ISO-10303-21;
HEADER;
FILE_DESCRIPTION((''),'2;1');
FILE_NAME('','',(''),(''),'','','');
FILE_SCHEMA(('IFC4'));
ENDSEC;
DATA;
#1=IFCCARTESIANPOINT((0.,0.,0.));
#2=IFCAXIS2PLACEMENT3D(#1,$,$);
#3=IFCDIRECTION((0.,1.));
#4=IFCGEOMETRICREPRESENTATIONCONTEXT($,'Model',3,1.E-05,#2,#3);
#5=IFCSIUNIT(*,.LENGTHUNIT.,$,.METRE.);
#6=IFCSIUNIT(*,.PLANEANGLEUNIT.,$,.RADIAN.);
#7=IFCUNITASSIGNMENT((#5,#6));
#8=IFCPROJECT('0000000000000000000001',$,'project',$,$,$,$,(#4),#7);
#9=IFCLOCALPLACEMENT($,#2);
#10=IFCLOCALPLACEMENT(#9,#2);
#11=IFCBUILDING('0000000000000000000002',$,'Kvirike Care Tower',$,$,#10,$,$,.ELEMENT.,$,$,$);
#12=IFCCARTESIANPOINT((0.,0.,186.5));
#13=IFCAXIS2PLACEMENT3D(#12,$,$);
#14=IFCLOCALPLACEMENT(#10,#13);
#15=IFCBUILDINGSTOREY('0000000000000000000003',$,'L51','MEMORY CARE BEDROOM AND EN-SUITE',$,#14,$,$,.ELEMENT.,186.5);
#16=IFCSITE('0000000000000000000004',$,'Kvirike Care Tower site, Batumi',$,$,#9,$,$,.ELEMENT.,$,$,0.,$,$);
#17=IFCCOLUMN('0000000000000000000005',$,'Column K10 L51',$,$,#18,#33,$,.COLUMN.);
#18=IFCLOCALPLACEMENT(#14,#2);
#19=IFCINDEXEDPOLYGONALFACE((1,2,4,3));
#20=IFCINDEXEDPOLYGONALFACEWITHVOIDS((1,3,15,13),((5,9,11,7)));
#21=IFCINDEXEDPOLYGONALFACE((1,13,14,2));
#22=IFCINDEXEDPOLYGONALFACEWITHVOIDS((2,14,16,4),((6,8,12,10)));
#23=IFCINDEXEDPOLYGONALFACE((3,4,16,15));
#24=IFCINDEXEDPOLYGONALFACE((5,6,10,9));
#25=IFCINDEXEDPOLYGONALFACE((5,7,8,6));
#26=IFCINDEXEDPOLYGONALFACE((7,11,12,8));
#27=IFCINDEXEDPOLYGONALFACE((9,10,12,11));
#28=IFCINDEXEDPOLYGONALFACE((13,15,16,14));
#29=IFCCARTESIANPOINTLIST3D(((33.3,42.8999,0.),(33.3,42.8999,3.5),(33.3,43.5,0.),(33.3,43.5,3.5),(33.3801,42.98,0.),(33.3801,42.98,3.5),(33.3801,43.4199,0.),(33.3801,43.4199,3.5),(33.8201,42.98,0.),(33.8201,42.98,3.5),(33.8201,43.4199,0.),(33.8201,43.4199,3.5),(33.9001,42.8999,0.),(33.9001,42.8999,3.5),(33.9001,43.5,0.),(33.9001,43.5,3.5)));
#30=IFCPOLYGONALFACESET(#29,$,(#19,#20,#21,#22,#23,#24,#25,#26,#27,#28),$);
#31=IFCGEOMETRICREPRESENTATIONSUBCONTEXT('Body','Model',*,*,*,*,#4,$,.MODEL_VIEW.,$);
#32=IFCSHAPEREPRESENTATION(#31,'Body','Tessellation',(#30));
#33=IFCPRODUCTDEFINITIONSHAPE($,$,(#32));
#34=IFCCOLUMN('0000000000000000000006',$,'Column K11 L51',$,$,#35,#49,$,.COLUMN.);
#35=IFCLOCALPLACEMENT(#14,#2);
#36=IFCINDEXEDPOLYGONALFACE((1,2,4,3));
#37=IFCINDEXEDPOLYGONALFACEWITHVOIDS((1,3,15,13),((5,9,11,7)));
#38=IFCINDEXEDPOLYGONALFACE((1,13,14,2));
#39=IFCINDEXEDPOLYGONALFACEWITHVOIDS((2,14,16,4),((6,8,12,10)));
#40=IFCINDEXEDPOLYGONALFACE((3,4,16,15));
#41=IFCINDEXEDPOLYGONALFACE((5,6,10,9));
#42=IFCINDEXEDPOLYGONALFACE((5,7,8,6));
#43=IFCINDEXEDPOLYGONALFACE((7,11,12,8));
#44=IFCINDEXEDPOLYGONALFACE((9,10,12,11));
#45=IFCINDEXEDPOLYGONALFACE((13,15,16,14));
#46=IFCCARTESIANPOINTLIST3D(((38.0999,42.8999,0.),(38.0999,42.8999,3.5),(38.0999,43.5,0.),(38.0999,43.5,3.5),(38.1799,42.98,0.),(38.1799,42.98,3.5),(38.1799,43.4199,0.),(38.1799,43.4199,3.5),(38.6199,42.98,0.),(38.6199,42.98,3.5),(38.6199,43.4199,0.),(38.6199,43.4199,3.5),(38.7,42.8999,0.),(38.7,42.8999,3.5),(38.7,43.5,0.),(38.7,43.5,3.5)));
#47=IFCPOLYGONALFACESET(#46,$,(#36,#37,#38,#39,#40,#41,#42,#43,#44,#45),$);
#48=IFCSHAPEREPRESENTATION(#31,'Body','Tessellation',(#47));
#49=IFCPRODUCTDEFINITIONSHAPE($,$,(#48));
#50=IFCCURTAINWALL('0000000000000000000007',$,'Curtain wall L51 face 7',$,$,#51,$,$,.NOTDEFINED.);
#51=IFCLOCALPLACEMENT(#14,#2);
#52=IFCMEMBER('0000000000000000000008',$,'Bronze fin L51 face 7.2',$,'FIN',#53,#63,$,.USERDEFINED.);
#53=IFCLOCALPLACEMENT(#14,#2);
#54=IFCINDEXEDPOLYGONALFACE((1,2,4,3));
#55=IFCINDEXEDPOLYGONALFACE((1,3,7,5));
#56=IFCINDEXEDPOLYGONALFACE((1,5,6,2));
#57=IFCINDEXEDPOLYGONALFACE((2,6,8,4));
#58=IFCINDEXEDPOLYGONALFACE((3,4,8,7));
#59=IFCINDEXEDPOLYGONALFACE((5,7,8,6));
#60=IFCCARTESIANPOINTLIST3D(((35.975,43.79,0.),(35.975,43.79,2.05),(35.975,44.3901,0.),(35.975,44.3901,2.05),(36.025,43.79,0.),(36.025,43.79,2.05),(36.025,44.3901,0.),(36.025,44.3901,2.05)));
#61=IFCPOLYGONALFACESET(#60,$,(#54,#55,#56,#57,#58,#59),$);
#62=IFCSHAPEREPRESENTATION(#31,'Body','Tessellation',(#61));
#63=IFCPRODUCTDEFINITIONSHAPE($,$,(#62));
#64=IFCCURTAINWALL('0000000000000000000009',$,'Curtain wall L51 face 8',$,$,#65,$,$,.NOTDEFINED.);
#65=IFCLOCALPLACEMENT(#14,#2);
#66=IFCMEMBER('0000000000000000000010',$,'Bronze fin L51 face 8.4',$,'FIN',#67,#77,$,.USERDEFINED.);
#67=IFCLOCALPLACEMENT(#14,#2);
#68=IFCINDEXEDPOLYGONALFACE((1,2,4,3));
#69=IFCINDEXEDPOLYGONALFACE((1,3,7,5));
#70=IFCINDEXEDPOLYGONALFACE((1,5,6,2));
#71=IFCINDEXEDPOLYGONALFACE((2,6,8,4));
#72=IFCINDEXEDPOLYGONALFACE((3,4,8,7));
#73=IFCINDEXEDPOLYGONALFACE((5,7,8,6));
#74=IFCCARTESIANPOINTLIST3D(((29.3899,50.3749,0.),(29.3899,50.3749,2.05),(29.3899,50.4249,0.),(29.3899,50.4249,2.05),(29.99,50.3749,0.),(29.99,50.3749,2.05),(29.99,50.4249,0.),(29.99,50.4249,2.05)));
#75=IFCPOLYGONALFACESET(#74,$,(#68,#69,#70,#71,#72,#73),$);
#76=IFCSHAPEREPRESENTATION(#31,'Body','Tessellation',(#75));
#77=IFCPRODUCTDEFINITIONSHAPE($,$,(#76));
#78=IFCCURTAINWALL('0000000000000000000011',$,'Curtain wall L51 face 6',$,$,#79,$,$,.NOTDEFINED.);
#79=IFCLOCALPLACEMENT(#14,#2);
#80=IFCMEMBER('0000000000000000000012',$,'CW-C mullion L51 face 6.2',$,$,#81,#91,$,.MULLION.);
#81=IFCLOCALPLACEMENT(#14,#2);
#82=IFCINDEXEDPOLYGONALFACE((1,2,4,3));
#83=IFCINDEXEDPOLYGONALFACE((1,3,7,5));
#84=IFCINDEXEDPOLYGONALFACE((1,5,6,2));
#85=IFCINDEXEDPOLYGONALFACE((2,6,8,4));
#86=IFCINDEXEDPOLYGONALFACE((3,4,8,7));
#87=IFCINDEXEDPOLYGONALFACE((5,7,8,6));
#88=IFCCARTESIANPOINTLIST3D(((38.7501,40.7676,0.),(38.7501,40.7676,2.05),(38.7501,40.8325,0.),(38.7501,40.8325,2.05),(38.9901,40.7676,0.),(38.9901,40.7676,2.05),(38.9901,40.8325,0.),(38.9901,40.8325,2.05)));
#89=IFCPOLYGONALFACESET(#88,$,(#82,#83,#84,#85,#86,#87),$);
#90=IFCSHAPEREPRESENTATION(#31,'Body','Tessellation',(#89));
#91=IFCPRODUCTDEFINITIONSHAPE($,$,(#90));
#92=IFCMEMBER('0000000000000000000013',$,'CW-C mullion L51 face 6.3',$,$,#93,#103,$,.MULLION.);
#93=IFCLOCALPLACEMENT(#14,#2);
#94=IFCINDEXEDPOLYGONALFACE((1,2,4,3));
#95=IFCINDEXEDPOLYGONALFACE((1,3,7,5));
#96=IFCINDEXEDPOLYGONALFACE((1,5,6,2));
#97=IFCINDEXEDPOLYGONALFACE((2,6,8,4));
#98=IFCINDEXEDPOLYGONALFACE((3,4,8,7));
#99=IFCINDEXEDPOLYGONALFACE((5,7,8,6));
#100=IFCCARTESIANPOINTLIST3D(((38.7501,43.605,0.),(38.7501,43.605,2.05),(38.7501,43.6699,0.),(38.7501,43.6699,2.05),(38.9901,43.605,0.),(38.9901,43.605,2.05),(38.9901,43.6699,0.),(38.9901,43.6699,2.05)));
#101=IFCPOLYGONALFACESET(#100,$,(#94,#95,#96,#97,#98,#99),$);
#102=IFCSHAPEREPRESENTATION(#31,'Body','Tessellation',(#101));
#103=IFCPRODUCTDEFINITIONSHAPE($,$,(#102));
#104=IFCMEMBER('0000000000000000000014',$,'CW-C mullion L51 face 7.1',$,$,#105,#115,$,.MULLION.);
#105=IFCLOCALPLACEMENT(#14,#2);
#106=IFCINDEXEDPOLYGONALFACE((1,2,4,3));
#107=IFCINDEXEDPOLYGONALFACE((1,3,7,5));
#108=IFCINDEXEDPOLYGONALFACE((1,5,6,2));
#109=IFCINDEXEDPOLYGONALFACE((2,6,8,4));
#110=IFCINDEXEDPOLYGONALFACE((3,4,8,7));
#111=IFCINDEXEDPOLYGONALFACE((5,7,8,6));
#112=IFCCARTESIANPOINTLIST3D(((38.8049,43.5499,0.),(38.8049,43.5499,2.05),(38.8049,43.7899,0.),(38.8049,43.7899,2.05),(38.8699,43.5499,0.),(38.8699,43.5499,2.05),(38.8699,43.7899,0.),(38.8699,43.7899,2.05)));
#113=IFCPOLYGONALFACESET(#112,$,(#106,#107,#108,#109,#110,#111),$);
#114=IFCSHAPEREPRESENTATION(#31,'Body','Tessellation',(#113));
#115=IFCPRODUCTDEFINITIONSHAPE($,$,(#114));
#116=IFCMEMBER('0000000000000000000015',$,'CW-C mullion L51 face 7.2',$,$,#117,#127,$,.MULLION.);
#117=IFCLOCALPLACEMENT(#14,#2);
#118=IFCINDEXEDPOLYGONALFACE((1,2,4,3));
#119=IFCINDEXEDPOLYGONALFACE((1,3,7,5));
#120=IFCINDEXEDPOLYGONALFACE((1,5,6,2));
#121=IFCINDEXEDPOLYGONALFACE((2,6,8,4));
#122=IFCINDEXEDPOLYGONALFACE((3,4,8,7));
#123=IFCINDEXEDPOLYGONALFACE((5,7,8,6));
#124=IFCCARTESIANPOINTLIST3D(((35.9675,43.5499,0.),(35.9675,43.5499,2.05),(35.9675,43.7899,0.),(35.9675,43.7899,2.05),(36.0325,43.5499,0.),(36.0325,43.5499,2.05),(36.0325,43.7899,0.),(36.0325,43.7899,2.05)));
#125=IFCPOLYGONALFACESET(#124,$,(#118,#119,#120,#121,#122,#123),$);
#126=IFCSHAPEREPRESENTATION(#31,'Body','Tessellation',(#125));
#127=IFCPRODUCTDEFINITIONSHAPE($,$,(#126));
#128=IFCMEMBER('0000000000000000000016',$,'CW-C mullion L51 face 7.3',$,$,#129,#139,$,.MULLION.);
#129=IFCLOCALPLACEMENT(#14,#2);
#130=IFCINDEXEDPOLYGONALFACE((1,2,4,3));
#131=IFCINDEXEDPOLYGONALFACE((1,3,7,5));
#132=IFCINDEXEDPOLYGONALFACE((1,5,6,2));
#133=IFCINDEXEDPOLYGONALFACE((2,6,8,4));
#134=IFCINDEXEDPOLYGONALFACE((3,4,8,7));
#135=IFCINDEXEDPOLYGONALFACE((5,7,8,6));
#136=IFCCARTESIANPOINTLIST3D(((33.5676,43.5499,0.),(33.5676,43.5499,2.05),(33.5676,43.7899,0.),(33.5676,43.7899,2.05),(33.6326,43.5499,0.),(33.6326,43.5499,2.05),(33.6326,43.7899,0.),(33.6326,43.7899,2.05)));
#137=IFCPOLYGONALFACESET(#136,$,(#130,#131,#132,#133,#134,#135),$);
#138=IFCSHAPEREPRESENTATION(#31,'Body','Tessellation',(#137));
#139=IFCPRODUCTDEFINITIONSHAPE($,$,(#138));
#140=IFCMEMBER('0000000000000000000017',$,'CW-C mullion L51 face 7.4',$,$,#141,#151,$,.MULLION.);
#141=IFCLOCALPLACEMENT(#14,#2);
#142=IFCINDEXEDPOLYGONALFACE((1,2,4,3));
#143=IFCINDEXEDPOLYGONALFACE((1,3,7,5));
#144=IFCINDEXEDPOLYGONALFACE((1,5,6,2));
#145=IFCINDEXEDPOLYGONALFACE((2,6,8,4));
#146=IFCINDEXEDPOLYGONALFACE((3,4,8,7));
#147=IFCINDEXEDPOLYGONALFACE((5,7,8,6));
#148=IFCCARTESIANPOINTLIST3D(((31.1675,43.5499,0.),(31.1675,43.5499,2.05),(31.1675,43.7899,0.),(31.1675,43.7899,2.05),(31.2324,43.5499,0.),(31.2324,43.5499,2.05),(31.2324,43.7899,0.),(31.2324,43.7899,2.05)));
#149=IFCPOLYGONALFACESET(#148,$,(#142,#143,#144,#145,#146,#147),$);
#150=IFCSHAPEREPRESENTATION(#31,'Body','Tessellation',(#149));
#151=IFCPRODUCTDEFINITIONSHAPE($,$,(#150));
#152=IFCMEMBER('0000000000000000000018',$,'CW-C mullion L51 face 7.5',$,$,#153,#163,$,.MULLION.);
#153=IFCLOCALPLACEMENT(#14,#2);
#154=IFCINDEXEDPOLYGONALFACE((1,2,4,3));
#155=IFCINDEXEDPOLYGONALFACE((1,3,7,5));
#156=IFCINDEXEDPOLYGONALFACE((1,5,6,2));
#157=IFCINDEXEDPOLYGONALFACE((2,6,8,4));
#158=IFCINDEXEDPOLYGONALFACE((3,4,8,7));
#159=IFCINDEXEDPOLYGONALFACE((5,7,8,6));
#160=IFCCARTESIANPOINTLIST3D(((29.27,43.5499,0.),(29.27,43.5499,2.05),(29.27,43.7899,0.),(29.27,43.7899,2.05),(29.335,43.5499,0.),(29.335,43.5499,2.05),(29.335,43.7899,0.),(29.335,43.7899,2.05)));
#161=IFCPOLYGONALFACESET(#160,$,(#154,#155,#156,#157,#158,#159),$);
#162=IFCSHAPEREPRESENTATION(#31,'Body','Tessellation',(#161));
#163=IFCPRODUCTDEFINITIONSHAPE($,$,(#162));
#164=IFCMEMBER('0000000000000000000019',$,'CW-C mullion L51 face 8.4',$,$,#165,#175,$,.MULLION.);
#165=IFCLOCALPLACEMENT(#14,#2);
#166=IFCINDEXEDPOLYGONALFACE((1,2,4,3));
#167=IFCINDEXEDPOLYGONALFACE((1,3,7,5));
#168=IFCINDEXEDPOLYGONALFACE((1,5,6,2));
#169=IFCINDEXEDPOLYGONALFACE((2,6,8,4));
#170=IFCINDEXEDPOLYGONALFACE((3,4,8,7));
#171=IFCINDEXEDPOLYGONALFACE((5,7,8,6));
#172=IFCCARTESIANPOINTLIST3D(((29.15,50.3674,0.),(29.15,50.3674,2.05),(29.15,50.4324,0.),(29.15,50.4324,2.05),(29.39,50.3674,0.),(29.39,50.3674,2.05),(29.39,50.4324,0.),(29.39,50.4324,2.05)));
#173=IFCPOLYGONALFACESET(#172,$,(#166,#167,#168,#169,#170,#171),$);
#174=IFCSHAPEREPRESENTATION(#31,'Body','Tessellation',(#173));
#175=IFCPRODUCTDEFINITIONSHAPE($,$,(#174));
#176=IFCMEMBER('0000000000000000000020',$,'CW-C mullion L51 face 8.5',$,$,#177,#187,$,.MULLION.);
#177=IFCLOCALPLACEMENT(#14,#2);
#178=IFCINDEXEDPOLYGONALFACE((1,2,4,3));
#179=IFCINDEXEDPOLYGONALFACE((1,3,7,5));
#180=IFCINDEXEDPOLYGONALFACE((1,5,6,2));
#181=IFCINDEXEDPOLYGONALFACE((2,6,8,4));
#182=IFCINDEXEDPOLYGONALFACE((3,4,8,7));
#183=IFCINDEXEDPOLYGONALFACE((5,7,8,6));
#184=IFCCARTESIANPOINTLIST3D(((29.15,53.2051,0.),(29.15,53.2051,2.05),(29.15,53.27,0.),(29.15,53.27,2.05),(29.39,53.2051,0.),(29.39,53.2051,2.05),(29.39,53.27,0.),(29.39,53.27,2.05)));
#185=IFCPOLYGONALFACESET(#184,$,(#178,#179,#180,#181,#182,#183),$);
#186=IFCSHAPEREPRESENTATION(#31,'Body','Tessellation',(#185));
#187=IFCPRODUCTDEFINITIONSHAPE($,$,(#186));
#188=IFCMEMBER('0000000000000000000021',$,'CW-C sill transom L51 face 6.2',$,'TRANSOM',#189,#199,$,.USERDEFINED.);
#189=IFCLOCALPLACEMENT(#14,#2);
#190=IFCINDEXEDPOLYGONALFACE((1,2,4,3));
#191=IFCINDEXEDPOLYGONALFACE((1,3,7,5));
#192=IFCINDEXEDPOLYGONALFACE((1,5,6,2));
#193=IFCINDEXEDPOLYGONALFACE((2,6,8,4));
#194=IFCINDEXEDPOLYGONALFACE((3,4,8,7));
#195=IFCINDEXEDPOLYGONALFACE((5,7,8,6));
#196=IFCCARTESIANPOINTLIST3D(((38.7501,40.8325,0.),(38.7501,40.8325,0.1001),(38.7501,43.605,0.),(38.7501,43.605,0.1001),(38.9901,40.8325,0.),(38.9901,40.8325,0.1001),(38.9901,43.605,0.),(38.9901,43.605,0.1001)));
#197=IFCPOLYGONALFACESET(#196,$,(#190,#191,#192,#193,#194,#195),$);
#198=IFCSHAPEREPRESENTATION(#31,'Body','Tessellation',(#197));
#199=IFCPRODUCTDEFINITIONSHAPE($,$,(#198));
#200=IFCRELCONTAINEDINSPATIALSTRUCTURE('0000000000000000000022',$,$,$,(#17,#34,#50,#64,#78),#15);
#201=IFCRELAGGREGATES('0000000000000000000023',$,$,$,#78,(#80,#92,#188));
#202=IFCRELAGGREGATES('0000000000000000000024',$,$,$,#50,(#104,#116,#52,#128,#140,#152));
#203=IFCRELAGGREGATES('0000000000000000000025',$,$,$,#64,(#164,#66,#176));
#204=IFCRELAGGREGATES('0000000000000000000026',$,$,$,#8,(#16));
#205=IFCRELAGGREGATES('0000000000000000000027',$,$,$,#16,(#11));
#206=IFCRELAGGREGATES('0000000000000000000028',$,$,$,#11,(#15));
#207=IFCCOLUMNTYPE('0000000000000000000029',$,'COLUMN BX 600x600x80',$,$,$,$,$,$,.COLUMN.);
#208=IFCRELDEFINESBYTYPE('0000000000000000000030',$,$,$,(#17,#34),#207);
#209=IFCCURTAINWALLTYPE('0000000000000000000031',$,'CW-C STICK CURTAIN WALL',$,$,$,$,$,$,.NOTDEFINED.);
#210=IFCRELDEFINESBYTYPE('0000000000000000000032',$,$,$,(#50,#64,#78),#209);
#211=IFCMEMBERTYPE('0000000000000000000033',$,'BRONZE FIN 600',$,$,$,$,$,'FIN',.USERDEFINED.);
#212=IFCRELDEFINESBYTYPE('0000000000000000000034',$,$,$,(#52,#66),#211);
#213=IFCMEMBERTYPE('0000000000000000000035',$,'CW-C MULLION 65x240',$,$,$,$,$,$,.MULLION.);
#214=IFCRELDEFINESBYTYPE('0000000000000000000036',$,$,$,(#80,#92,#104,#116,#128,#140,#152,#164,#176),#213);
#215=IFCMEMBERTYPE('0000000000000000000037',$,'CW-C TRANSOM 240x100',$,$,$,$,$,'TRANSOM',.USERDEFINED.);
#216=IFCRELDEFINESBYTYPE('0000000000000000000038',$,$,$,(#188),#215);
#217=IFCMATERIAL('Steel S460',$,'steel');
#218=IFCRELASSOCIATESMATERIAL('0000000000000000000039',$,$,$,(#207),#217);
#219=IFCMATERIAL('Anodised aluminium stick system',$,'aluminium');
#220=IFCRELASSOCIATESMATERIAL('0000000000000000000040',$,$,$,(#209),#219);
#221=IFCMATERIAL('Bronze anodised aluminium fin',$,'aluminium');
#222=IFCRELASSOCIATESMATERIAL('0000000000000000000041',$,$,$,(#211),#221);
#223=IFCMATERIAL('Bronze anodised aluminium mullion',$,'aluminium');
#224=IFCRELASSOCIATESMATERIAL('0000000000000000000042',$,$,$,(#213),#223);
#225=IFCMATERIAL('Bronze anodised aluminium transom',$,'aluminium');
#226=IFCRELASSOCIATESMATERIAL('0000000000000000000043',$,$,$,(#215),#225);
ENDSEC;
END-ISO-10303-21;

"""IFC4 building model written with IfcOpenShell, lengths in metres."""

from ifc_helpers import new_model, si_unit, direction, frame, origin, origin_2d, place, context, subcontext, project, spatial, rectangle, hollow_rectangle, extrude, material, material_profile, profile_set, type_object, element, aggregate, save


model = new_model("IFC4")

# Units and contexts
model_context = context("Model", 3, precision=1e-05, world=origin(), true_north=direction((0.0, 1.0)))
body_context = subcontext(model_context, "Body", "Model", "MODEL_VIEW")
ifc_project = project(units=[si_unit("LENGTHUNIT", "METRE"), si_unit("PLANEANGLEUNIT", "RADIAN")], contexts=[model_context])

# Site, building, storey
site_placement = place(None, origin())
site = spatial("IfcSite", under=ifc_project, at=site_placement, Name="Kvirike Care Tower site, Batumi", CompositionType="ELEMENT", RefElevation=0.0)
building_placement = place(site_placement, origin())
building = spatial("IfcBuilding", under=site, at=building_placement, Name="Kvirike Care Tower", CompositionType="ELEMENT")
storey_placement = place(building_placement, frame((0.0, 0.0, 186.5)))
storey = spatial("IfcBuildingStorey", under=building, at=storey_placement, Name="L51", Description="MEMORY CARE BEDROOM AND EN-SUITE", CompositionType="ELEMENT", Elevation=186.5)

# Columns
ifc_material_1 = material(Name="Steel S460", Category="steel")
ifc_material_profile_1 = material_profile(ifc_material_1, hollow_rectangle(XDim=0.6001, YDim=0.6001, WallThickness=0.0801, at=origin_2d()), Name="BX 600x600x80")
ifc_profile_set_1 = profile_set([ifc_material_profile_1], Name="Steel S460")
column_type = type_object("IfcColumnType", Name="COLUMN BX 600x600x80", PredefinedType="COLUMN", material=ifc_profile_set_1)
for number, where, z_axis, x_axis, name in (
    (1, (33.6001, 43.2, 0.0), (0.0, 0.0, 1.0), (0.0, 1.0, 0.0), "Column K10 L51"),
    (2, (38.3999, 43.2, 0.0), (0.0, 0.0, 1.0), (0.0, 1.0, 0.0), "Column K11 L51"),
):
    element("IfcColumn", number, at=place(storey_placement, frame(where, z_axis=z_axis, x_axis=x_axis)), inside=storey, type_object=column_type, Name=name, PredefinedType="COLUMN", context=body_context, shape_type="SweptSolid", body=[
        extrude(hollow_rectangle(XDim=0.6001, YDim=0.6001, WallThickness=0.0801, at=origin_2d()), origin(), (0.0, 0.0, 1.0), 3.5),
    ])

# Curtain walls, members
ifc_material_2 = material(Name="Anodised aluminium stick system", Category="aluminium")
curtain_wall_type = type_object("IfcCurtainWallType", Name="CW-C STICK CURTAIN WALL", PredefinedType="NOTDEFINED", material=ifc_material_2)
curtain_wall_1_placement = place(storey_placement, origin())
curtain_wall_1 = element("IfcCurtainWall", 3, at=curtain_wall_1_placement, inside=storey, type_object=curtain_wall_type, Name="Curtain wall L51 face 7", PredefinedType="NOTDEFINED")
ifc_material_3 = material(Name="Bronze anodised aluminium fin", Category="aluminium")
ifc_material_profile_2 = material_profile(ifc_material_3, rectangle(XDim=0.05, YDim=0.6001, at=origin_2d()), Name="BRONZE FIN 600")
ifc_profile_set_2 = profile_set([ifc_material_profile_2], Name="Bronze anodised aluminium fin")
member_type_1 = type_object("IfcMemberType", Name="BRONZE FIN 600", ElementType="FIN", PredefinedType="USERDEFINED", material=ifc_profile_set_2)
member_1_placement = place(storey_placement, frame((36.0, 44.0901, 0.0), z_axis=(0.0, 0.0, 1.0), x_axis=(-1.0, 0.0, 0.0)))
member_1 = element("IfcMember", 4, at=member_1_placement, type_object=member_type_1, Name="Bronze fin L51 face 7.2", ObjectType="FIN", PredefinedType="USERDEFINED", context=body_context, shape_type="SweptSolid", body=[
    extrude(rectangle(XDim=0.05, YDim=0.6001, at=origin_2d()), origin(), (0.0, 0.0, 1.0), 2.05),
])
curtain_wall_2_placement = place(storey_placement, origin())
curtain_wall_2 = element("IfcCurtainWall", 5, at=curtain_wall_2_placement, inside=storey, type_object=curtain_wall_type, Name="Curtain wall L51 face 8", PredefinedType="NOTDEFINED")
member_2_placement = place(storey_placement, frame((29.6899, 50.3999, 0.0), z_axis=(0.0, 0.0, 1.0), x_axis=(0.0, 1.0, 0.0)))
member_2 = element("IfcMember", 6, at=member_2_placement, type_object=member_type_1, Name="Bronze fin L51 face 8.4", ObjectType="FIN", PredefinedType="USERDEFINED", context=body_context, shape_type="SweptSolid", body=[
    extrude(rectangle(XDim=0.05, YDim=0.6001, at=origin_2d()), origin(), (0.0, 0.0, 1.0), 2.05),
])

# Curtain wall, members
curtain_wall_3_placement = place(storey_placement, origin())
curtain_wall_3 = element("IfcCurtainWall", 7, at=curtain_wall_3_placement, inside=storey, type_object=curtain_wall_type, Name="Curtain wall L51 face 6", PredefinedType="NOTDEFINED")
ifc_material_4 = material(Name="Bronze anodised aluminium mullion", Category="aluminium")
ifc_material_profile_3 = material_profile(ifc_material_4, rectangle(XDim=0.0649, YDim=0.24, at=origin_2d()), Name="CW-C MULLION 65x240")
ifc_profile_set_3 = profile_set([ifc_material_profile_3], Name="Bronze anodised aluminium mullion")
member_type_2 = type_object("IfcMemberType", Name="CW-C MULLION 65x240", PredefinedType="MULLION", material=ifc_profile_set_3)
member_3_placement = place(storey_placement, frame((38.8701, 40.8, 0.0), z_axis=(0.0, 0.0, 1.0), x_axis=(0.0, 1.0, 0.0)))
member_3 = element("IfcMember", 8, at=member_3_placement, type_object=member_type_2, Name="CW-C mullion L51 face 6.2", PredefinedType="MULLION", context=body_context, shape_type="SweptSolid", body=[
    extrude(rectangle(XDim=0.0649, YDim=0.24, at=origin_2d()), origin(), (0.0, 0.0, 1.0), 2.05),
])
member_4_placement = place(storey_placement, frame((38.8701, 43.6375, 0.0), z_axis=(0.0, 0.0, 1.0), x_axis=(0.0, 1.0, 0.0)))
member_4 = element("IfcMember", 9, at=member_4_placement, type_object=member_type_2, Name="CW-C mullion L51 face 6.3", PredefinedType="MULLION", context=body_context, shape_type="SweptSolid", body=[
    extrude(rectangle(XDim=0.0649, YDim=0.24, at=origin_2d()), origin(), (0.0, 0.0, 1.0), 2.05),
])

# Members
member_5_placement = place(storey_placement, frame((38.8374, 43.6699, 0.0), z_axis=(0.0, 0.0, 1.0), x_axis=(-1.0, 0.0, 0.0)))
member_5 = element("IfcMember", 10, at=member_5_placement, type_object=member_type_2, Name="CW-C mullion L51 face 7.1", PredefinedType="MULLION", context=body_context, shape_type="SweptSolid", body=[
    extrude(rectangle(XDim=0.0649, YDim=0.24, at=origin_2d()), origin(), (0.0, 0.0, 1.0), 2.05),
])
member_6_placement = place(storey_placement, frame((36.0, 43.6699, 0.0), z_axis=(0.0, 0.0, 1.0), x_axis=(-1.0, 0.0, 0.0)))
member_6 = element("IfcMember", 11, at=member_6_placement, type_object=member_type_2, Name="CW-C mullion L51 face 7.2", PredefinedType="MULLION", context=body_context, shape_type="SweptSolid", body=[
    extrude(rectangle(XDim=0.0649, YDim=0.24, at=origin_2d()), origin(), (0.0, 0.0, 1.0), 2.05),
])
member_7_placement = place(storey_placement, frame((33.6001, 43.6699, 0.0), z_axis=(0.0, 0.0, 1.0), x_axis=(-1.0, 0.0, 0.0)))
member_7 = element("IfcMember", 12, at=member_7_placement, type_object=member_type_2, Name="CW-C mullion L51 face 7.3", PredefinedType="MULLION", context=body_context, shape_type="SweptSolid", body=[
    extrude(rectangle(XDim=0.0649, YDim=0.24, at=origin_2d()), origin(), (0.0, 0.0, 1.0), 2.05),
])
member_8_placement = place(storey_placement, frame((31.2, 43.6699, 0.0), z_axis=(0.0, 0.0, 1.0), x_axis=(-1.0, 0.0, 0.0)))
member_8 = element("IfcMember", 13, at=member_8_placement, type_object=member_type_2, Name="CW-C mullion L51 face 7.4", PredefinedType="MULLION", context=body_context, shape_type="SweptSolid", body=[
    extrude(rectangle(XDim=0.0649, YDim=0.24, at=origin_2d()), origin(), (0.0, 0.0, 1.0), 2.05),
])
member_9_placement = place(storey_placement, frame((29.3025, 43.6699, 0.0), z_axis=(0.0, 0.0, 1.0), x_axis=(-1.0, 0.0, 0.0)))
member_9 = element("IfcMember", 14, at=member_9_placement, type_object=member_type_2, Name="CW-C mullion L51 face 7.5", PredefinedType="MULLION", context=body_context, shape_type="SweptSolid", body=[
    extrude(rectangle(XDim=0.0649, YDim=0.24, at=origin_2d()), origin(), (0.0, 0.0, 1.0), 2.05),
])
member_10_placement = place(storey_placement, frame((29.27, 50.3999, 0.0), z_axis=(0.0, 0.0, 1.0), x_axis=(0.0, 1.0, 0.0)))
member_10 = element("IfcMember", 15, at=member_10_placement, type_object=member_type_2, Name="CW-C mullion L51 face 8.4", PredefinedType="MULLION", context=body_context, shape_type="SweptSolid", body=[
    extrude(rectangle(XDim=0.0649, YDim=0.24, at=origin_2d()), origin(), (0.0, 0.0, 1.0), 2.05),
])
member_11_placement = place(storey_placement, frame((29.27, 53.2375, 0.0), z_axis=(0.0, 0.0, 1.0), x_axis=(0.0, 1.0, 0.0)))
member_11 = element("IfcMember", 16, at=member_11_placement, type_object=member_type_2, Name="CW-C mullion L51 face 8.5", PredefinedType="MULLION", context=body_context, shape_type="SweptSolid", body=[
    extrude(rectangle(XDim=0.0649, YDim=0.24, at=origin_2d()), origin(), (0.0, 0.0, 1.0), 2.05),
])
ifc_material_5 = material(Name="Bronze anodised aluminium transom", Category="aluminium")
ifc_material_profile_4 = material_profile(ifc_material_5, rectangle(XDim=0.24, YDim=0.1001, at=origin_2d()), Name="CW-C TRANSOM 240x100")
ifc_profile_set_4 = profile_set([ifc_material_profile_4], Name="Bronze anodised aluminium transom")
member_type_3 = type_object("IfcMemberType", Name="CW-C TRANSOM 240x100", ElementType="TRANSOM", PredefinedType="USERDEFINED", material=ifc_profile_set_4)
member_12_placement = place(storey_placement, frame((38.8701, 40.8325, 0.05), z_axis=(0.0, 1.0, 0.0), x_axis=(-1.0, 0.0, 0.0)))
member_12 = element("IfcMember", 17, at=member_12_placement, type_object=member_type_3, Name="CW-C sill transom L51 face 6.2", ObjectType="TRANSOM", PredefinedType="USERDEFINED", context=body_context, shape_type="SweptSolid", body=[
    extrude(rectangle(XDim=0.24, YDim=0.1001, at=origin_2d()), origin(), (0.0, 0.0, 1.0), 2.7725),
])

aggregate(curtain_wall_3, [member_3, member_4, member_12])
aggregate(curtain_wall_1, [member_5, member_6, member_1, member_7, member_8, member_9])
aggregate(curtain_wall_2, [member_10, member_2, member_11])

save(model, "model.ifc")
